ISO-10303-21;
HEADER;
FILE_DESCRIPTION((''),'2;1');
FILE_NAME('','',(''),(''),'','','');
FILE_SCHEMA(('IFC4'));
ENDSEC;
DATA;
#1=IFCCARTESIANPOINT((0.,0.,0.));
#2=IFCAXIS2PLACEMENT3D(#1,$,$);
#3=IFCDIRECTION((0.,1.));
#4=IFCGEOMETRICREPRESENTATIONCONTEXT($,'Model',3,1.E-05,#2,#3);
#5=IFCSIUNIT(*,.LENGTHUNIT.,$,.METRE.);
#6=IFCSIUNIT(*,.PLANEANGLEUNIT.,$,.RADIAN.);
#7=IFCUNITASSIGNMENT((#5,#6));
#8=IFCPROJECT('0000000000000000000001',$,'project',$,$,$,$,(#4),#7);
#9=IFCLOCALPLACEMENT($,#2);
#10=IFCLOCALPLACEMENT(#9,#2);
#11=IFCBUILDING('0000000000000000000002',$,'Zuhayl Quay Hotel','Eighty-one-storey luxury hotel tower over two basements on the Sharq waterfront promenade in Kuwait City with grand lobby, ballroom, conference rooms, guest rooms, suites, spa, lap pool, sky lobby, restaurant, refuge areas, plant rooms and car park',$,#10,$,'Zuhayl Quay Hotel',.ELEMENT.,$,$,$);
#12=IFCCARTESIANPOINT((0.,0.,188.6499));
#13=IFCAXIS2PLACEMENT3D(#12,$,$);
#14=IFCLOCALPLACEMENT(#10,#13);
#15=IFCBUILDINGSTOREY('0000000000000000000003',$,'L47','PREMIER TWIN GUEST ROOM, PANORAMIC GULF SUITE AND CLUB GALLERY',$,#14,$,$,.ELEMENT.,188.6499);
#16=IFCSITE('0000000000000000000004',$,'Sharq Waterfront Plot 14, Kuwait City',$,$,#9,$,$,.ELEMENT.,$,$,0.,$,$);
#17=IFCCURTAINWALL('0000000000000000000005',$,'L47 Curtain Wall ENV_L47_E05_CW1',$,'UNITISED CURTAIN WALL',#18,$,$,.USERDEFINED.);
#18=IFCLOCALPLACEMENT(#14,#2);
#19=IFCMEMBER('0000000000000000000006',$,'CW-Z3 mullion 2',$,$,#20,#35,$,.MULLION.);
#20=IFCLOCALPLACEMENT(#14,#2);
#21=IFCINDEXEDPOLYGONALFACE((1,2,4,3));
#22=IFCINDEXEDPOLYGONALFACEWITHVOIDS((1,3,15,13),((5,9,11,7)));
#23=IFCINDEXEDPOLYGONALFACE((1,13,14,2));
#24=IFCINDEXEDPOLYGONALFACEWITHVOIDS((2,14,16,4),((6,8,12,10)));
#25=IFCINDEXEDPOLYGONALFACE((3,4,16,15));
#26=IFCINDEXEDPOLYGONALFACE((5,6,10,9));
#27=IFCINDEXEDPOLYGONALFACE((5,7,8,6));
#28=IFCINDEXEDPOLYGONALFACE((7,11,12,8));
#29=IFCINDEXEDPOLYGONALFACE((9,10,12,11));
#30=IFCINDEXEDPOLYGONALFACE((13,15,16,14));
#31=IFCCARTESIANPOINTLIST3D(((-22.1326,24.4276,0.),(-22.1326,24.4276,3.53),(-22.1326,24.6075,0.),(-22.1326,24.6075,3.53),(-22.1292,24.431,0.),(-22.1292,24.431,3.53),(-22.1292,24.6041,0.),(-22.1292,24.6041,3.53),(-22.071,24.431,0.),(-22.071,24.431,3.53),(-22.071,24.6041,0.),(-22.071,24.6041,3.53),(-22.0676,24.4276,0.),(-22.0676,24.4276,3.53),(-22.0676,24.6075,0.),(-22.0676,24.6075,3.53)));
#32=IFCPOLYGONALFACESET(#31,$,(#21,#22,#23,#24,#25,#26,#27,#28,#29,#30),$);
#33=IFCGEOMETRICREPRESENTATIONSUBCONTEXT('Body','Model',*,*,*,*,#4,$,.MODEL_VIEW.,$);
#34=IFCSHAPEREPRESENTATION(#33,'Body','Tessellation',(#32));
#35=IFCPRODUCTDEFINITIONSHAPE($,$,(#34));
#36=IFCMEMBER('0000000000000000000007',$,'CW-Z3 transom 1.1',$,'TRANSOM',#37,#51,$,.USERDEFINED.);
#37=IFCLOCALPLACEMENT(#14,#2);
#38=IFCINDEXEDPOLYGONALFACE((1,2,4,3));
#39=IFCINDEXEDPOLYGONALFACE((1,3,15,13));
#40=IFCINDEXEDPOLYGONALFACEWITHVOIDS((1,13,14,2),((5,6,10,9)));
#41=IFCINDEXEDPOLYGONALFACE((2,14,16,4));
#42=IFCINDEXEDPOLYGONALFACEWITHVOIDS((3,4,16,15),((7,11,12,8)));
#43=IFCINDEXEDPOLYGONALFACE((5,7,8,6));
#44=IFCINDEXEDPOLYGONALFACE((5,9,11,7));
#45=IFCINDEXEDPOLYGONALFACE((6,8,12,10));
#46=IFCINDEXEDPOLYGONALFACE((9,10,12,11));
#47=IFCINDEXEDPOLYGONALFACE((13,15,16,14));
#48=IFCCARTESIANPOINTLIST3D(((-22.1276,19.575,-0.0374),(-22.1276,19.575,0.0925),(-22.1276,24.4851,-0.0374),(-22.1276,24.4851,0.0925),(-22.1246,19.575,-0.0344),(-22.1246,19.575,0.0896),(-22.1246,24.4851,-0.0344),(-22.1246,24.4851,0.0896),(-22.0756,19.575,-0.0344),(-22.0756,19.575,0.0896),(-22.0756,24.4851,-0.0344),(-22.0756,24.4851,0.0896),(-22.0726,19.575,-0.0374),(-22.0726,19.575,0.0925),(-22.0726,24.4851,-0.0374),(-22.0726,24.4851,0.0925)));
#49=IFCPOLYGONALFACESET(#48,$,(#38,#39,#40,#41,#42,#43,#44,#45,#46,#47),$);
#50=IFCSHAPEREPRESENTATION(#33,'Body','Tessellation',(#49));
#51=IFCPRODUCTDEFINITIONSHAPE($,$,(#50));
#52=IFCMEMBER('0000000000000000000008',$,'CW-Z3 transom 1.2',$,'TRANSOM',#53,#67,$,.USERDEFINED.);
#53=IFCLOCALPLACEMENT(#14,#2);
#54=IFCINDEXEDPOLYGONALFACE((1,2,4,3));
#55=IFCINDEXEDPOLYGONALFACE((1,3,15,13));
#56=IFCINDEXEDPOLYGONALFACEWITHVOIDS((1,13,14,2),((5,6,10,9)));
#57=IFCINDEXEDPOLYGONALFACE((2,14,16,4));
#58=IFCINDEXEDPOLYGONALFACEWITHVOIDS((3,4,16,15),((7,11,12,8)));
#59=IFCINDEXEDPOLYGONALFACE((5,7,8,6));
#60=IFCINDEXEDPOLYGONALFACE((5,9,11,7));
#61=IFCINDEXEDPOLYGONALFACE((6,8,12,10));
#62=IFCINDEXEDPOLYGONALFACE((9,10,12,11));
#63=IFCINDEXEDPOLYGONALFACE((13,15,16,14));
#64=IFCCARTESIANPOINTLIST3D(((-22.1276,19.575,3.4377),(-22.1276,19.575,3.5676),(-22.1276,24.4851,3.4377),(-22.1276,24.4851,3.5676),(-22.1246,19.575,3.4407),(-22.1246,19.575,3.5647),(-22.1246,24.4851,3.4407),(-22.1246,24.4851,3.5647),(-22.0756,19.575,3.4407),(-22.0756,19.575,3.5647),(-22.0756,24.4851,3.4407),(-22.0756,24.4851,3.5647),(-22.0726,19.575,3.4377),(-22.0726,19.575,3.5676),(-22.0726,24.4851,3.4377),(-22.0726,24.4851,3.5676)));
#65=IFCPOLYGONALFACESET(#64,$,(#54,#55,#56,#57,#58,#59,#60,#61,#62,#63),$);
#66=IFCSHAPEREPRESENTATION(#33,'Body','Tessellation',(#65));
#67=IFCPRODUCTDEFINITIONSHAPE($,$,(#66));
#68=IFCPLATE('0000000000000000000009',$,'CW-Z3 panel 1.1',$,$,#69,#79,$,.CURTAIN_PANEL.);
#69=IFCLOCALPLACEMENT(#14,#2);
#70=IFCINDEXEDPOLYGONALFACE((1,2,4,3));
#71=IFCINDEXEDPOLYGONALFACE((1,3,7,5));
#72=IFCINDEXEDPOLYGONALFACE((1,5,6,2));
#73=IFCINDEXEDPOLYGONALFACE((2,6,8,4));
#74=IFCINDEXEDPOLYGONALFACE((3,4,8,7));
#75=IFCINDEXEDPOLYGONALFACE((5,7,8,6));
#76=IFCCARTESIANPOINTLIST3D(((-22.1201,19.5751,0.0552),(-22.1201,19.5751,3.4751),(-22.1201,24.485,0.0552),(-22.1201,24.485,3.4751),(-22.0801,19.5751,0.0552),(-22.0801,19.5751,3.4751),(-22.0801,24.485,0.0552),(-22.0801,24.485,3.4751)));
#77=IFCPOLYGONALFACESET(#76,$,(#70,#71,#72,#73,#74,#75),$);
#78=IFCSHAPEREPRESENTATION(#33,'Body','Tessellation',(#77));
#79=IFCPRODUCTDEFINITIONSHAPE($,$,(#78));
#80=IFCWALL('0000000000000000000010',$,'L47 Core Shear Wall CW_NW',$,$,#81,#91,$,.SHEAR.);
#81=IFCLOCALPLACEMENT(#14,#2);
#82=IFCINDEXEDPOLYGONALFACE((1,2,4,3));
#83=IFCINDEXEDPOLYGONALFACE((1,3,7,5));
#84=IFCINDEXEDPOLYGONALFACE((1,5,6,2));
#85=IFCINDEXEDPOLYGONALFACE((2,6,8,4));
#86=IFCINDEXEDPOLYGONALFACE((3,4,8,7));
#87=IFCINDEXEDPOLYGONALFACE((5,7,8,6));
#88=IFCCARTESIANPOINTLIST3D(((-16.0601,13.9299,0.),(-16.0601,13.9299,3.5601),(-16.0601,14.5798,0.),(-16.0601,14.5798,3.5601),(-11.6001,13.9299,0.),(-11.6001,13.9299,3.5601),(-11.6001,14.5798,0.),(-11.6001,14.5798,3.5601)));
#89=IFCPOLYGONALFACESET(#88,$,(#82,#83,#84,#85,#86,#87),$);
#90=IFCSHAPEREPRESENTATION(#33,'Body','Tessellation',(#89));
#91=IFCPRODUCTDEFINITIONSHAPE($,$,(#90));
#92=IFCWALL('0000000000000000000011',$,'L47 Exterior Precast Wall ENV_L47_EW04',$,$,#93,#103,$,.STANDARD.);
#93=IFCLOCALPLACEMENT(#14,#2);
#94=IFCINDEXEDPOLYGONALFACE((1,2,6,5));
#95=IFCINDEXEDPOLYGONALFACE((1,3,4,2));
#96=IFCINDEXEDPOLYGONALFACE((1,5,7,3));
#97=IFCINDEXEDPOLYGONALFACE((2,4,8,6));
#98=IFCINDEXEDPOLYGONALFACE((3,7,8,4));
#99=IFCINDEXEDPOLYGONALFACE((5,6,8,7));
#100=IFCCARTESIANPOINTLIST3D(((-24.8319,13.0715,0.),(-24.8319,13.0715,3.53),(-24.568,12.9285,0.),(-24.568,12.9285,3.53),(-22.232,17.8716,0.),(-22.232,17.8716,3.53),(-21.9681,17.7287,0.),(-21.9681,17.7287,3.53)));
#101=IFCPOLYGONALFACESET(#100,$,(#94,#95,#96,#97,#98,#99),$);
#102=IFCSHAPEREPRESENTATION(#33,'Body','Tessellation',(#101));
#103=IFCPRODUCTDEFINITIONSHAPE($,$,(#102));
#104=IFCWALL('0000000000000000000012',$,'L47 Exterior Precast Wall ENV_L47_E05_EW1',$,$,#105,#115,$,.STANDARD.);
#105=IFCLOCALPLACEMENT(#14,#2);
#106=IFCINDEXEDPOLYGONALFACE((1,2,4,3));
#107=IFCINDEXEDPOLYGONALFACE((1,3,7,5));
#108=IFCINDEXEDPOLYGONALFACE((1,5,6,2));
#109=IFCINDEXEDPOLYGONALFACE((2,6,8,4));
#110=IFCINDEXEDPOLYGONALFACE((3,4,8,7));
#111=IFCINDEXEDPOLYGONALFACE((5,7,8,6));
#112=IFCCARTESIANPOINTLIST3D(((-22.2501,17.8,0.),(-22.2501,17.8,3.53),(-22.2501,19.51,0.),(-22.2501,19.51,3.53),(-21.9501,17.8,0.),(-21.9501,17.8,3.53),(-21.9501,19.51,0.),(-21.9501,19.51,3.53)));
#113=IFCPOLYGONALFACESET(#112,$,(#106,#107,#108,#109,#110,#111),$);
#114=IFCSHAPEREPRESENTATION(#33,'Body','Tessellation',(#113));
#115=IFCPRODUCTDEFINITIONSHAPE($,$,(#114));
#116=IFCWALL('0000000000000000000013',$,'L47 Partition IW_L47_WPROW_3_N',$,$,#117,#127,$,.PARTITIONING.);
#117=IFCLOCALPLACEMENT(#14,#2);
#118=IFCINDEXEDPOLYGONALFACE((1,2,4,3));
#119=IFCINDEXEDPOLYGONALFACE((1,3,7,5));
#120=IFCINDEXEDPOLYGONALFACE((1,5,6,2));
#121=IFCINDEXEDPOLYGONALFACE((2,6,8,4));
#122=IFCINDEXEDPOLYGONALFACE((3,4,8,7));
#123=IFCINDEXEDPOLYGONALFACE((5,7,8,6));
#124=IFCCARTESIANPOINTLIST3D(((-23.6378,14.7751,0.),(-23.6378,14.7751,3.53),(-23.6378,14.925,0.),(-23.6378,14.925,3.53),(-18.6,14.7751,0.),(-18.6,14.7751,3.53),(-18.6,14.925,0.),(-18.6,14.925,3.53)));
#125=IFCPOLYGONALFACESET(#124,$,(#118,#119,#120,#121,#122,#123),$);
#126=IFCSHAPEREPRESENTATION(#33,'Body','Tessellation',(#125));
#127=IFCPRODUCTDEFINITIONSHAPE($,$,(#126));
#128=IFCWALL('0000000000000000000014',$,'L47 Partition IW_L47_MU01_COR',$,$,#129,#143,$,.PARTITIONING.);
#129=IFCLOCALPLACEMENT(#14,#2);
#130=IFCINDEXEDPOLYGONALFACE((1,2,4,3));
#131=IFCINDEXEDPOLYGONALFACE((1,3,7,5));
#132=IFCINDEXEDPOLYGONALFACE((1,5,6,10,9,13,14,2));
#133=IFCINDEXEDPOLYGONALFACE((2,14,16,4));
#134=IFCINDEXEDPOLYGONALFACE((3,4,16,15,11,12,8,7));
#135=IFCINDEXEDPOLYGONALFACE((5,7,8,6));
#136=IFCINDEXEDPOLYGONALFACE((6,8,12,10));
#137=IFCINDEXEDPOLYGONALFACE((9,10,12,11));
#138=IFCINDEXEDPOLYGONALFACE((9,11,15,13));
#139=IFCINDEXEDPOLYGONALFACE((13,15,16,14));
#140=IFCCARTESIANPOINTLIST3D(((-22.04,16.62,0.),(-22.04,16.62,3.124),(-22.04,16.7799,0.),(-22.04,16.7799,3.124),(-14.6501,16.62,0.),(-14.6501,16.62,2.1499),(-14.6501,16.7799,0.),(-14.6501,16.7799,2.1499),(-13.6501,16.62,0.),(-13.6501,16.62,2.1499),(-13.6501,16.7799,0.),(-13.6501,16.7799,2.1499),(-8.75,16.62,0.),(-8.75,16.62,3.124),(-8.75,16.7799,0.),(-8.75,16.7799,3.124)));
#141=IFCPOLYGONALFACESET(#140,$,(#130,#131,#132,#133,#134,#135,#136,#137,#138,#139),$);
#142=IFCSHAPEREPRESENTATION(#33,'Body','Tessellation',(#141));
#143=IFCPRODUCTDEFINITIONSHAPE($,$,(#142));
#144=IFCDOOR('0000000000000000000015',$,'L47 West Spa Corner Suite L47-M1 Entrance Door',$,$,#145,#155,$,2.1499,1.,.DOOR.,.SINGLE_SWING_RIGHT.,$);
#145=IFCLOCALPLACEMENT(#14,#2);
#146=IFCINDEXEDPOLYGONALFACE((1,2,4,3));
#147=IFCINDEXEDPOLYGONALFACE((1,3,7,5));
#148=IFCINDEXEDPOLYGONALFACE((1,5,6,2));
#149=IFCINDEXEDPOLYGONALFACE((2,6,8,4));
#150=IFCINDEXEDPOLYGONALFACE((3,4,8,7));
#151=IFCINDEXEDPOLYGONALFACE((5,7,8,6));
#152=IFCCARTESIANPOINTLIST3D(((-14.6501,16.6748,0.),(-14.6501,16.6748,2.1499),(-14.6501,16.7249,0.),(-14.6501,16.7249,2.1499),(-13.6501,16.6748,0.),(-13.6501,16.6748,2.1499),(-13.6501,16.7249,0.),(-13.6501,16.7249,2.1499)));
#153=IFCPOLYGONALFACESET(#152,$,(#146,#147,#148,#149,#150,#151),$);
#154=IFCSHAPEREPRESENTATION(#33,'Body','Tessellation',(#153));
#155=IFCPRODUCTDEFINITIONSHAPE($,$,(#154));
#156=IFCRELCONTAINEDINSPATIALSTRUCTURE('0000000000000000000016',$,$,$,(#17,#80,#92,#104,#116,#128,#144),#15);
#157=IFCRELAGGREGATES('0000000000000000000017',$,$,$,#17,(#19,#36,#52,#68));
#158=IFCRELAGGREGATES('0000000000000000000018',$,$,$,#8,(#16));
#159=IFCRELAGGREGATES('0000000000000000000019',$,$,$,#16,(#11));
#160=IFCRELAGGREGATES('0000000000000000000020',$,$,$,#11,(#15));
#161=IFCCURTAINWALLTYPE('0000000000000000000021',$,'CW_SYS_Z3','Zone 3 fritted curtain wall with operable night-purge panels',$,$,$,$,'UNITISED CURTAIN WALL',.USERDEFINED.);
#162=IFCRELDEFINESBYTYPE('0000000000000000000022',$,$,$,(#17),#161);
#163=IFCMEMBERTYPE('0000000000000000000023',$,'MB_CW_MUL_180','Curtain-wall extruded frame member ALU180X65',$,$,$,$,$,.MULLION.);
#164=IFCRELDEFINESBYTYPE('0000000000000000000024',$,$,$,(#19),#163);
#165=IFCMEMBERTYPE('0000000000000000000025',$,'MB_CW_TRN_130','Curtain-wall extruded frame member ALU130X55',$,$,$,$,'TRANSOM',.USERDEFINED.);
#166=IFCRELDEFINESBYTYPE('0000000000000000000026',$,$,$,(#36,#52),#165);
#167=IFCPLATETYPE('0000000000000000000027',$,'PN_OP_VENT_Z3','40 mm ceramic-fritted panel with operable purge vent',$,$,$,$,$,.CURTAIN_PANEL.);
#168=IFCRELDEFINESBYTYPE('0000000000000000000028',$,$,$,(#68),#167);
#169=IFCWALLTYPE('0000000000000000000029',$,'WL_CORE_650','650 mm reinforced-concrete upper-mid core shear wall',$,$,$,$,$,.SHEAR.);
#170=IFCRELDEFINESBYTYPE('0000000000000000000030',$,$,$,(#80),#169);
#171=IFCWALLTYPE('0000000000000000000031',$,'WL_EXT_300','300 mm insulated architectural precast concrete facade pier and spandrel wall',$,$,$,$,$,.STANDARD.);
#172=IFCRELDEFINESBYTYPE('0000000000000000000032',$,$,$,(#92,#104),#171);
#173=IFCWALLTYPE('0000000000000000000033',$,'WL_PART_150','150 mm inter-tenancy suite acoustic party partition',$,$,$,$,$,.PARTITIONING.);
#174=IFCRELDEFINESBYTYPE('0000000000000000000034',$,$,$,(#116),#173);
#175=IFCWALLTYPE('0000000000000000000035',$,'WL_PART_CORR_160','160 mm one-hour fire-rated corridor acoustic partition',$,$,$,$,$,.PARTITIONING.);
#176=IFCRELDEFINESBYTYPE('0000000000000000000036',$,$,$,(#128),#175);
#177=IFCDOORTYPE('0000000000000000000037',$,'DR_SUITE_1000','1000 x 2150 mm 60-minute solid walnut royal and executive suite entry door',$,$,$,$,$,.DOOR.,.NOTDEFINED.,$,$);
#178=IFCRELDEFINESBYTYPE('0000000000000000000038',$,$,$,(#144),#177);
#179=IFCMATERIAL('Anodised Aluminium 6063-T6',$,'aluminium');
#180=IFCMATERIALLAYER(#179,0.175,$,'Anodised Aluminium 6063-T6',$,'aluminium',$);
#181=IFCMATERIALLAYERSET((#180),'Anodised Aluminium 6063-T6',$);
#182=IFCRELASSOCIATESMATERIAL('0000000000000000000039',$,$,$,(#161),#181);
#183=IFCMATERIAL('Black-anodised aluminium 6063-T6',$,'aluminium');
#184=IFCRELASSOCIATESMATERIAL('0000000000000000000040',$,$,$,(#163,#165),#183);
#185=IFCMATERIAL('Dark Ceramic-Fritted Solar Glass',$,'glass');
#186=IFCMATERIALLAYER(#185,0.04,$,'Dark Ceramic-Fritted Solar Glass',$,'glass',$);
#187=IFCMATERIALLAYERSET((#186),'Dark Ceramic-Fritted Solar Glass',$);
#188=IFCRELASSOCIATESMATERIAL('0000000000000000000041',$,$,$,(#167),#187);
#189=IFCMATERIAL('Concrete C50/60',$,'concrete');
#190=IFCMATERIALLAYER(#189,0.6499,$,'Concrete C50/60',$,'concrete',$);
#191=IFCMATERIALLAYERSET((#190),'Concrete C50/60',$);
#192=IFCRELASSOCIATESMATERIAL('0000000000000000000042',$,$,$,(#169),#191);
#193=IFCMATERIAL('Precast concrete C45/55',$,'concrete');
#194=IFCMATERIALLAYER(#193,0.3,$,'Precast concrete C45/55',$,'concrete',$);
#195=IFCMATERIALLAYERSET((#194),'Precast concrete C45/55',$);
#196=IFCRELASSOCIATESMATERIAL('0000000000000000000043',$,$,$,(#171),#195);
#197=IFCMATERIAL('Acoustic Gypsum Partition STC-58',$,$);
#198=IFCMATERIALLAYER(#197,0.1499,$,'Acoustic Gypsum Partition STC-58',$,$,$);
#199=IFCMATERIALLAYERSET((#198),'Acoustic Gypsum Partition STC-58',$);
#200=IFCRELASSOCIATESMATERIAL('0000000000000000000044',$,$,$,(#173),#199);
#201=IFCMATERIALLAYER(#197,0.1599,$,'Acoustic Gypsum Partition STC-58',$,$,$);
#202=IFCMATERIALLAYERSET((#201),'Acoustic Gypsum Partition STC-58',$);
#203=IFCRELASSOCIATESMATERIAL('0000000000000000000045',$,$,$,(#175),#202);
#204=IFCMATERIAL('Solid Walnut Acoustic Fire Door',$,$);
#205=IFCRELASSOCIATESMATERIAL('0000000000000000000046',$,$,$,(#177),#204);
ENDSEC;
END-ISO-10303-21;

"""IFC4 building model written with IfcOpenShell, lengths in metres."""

from ifc_helpers import new_model, si_unit, direction, frame, frame_2d, origin, origin_2d, place, context, subcontext, project, spatial, rectangle, hollow_rectangle, extrude, material, layer, layer_set, material_profile, profile_set, type_object, element, fill, aggregate, save


model = new_model("IFC4")

# Units and contexts
model_context = context("Model", 3, precision=1e-05, world=origin(), true_north=direction((0.0, 1.0)))
body_context = subcontext(model_context, "Body", "Model", "MODEL_VIEW")
ifc_project = project(units=[si_unit("LENGTHUNIT", "METRE"), si_unit("PLANEANGLEUNIT", "RADIAN")], contexts=[model_context])

# Site, building, storey
site_placement = place(None, origin())
site = spatial("IfcSite", under=ifc_project, at=site_placement, Name="Sharq Waterfront Plot 14, Kuwait City", CompositionType="ELEMENT", RefElevation=0.0)
building_placement = place(site_placement, origin())
building = spatial("IfcBuilding", under=site, at=building_placement, Name="Zuhayl Quay Hotel", Description="Eighty-one-storey luxury hotel tower over two basements on the Sharq waterfront promenade in Kuwait City with grand lobby, ballroom, conference rooms, guest rooms, suites, spa, lap pool, sky lobby, restaurant, refuge areas, plant rooms and car park", LongName="Zuhayl Quay Hotel", CompositionType="ELEMENT")
storey_placement = place(building_placement, frame((0.0, 0.0, 188.6499)))
storey = spatial("IfcBuildingStorey", under=building, at=storey_placement, Name="L47", Description="PREMIER TWIN GUEST ROOM, PANORAMIC GULF SUITE AND CLUB GALLERY", CompositionType="ELEMENT", Elevation=188.6499)

# Curtain wall, members, plate
ifc_material_1 = material(Name="Anodised Aluminium 6063-T6", Category="aluminium")
ifc_layer_1 = layer(ifc_material_1, 0.175, Name="Anodised Aluminium 6063-T6", Category="aluminium")
ifc_layer_set_1 = layer_set([ifc_layer_1], Name="Anodised Aluminium 6063-T6")
curtain_wall_type = type_object("IfcCurtainWallType", Name="CW_SYS_Z3", Description="Zone 3 fritted curtain wall with operable night-purge panels", ElementType="UNITISED CURTAIN WALL", PredefinedType="USERDEFINED", material=ifc_layer_set_1)
curtain_wall_placement = place(storey_placement, origin())
curtain_wall = element("IfcCurtainWall", 1, at=curtain_wall_placement, inside=storey, type_object=curtain_wall_type, Name="L47 Curtain Wall ENV_L47_E05_CW1", ObjectType="UNITISED CURTAIN WALL", PredefinedType="USERDEFINED")
ifc_material_2 = material(Name="Black-anodised aluminium 6063-T6", Category="aluminium")
ifc_material_profile_1 = material_profile(ifc_material_2, hollow_rectangle(XDim=0.0649, YDim=0.1799, WallThickness=0.0034, at=origin_2d()), Name="ALU180X65")
ifc_profile_set_1 = profile_set([ifc_material_profile_1], Name="Black-anodised aluminium 6063-T6")
member_type_1 = type_object("IfcMemberType", Name="MB_CW_MUL_180", Description="Curtain-wall extruded frame member ALU180X65", PredefinedType="MULLION", material=ifc_profile_set_1)
member_1_placement = place(storey_placement, frame((-22.1001, 24.5176, 0.0), z_axis=(0.0, 0.0, 1.0), x_axis=(-1.0, 0.0, 0.0)))
member_1 = element("IfcMember", 2, at=member_1_placement, type_object=member_type_1, Name="CW-Z3 mullion 2", PredefinedType="MULLION", context=body_context, shape_type="SweptSolid", body=[
    extrude(hollow_rectangle(XDim=0.0649, YDim=0.1799, WallThickness=0.0034, at=origin_2d()), origin(), (0.0, 0.0, 1.0), 3.53),
])
ifc_material_profile_2 = material_profile(ifc_material_2, hollow_rectangle(XDim=0.0549, YDim=0.1299, WallThickness=0.0029, at=origin_2d()), Name="ALU130X55")
ifc_profile_set_2 = profile_set([ifc_material_profile_2], Name="Black-anodised aluminium 6063-T6")
member_type_2 = type_object("IfcMemberType", Name="MB_CW_TRN_130", Description="Curtain-wall extruded frame member ALU130X55", ElementType="TRANSOM", PredefinedType="USERDEFINED", material=ifc_profile_set_2)
member_2_placement = place(storey_placement, frame((-22.1001, 19.575, 0.0276), z_axis=(0.0, 1.0, 0.0), x_axis=(-1.0, 0.0, 0.0)))
member_2 = element("IfcMember", 3, at=member_2_placement, type_object=member_type_2, Name="CW-Z3 transom 1.1", ObjectType="TRANSOM", PredefinedType="USERDEFINED", context=body_context, shape_type="SweptSolid", body=[
    extrude(hollow_rectangle(XDim=0.0549, YDim=0.1299, WallThickness=0.0029, at=origin_2d()), origin(), (0.0, 0.0, 1.0), 4.9102),
])
member_3_placement = place(storey_placement, frame((-22.1001, 19.575, 3.5027), z_axis=(0.0, 1.0, 0.0), x_axis=(-1.0, 0.0, 0.0)))
member_3 = element("IfcMember", 4, at=member_3_placement, type_object=member_type_2, Name="CW-Z3 transom 1.2", ObjectType="TRANSOM", PredefinedType="USERDEFINED", context=body_context, shape_type="SweptSolid", body=[
    extrude(hollow_rectangle(XDim=0.0549, YDim=0.1299, WallThickness=0.0029, at=origin_2d()), origin(), (0.0, 0.0, 1.0), 4.9102),
])
ifc_material_3 = material(Name="Dark Ceramic-Fritted Solar Glass", Category="glass")
ifc_layer_2 = layer(ifc_material_3, 0.04, Name="Dark Ceramic-Fritted Solar Glass", Category="glass")
ifc_layer_set_2 = layer_set([ifc_layer_2], Name="Dark Ceramic-Fritted Solar Glass")
plate_type = type_object("IfcPlateType", Name="PN_OP_VENT_Z3", Description="40 mm ceramic-fritted panel with operable purge vent", PredefinedType="CURTAIN_PANEL", material=ifc_layer_set_2)
plate_placement = place(storey_placement, frame((-22.1001, 22.03, 0.0552), z_axis=(0.0, 0.0, 1.0), x_axis=(0.0, 1.0, 0.0)))
plate = element("IfcPlate", 5, at=plate_placement, type_object=plate_type, Name="CW-Z3 panel 1.1", PredefinedType="CURTAIN_PANEL", context=body_context, shape_type="SweptSolid", body=[
    extrude(rectangle(XDim=4.9099, YDim=0.04, at=origin_2d()), origin(), (0.0, 0.0, 1.0), 3.4199),
])
aggregate(curtain_wall, [member_1, member_2, member_3, plate])

# Walls
ifc_material_4 = material(Name="Concrete C50/60", Category="concrete")
ifc_layer_3 = layer(ifc_material_4, 0.6499, Name="Concrete C50/60", Category="concrete")
ifc_layer_set_3 = layer_set([ifc_layer_3], Name="Concrete C50/60")
wall_type_1 = type_object("IfcWallType", Name="WL_CORE_650", Description="650 mm reinforced-concrete upper-mid core shear wall", PredefinedType="SHEAR", material=ifc_layer_set_3)
wall_1_placement = place(storey_placement, frame((-16.0601, 14.2549, 0.0), z_axis=(0.0, 0.0, 1.0), x_axis=(1.0, 0.0, 0.0)))
element("IfcWall", 6, at=wall_1_placement, inside=storey, type_object=wall_type_1, Name="L47 Core Shear Wall CW_NW", PredefinedType="SHEAR", context=body_context, shape_type="SweptSolid", body=[
    extrude(rectangle(XDim=4.46, YDim=0.6499, at=frame_2d((2.23, 0.0))), origin(), (0.0, 0.0, 1.0), 3.5601),
])
ifc_material_5 = material(Name="Precast concrete C45/55", Category="concrete")
ifc_layer_4 = layer(ifc_material_5, 0.3, Name="Precast concrete C45/55", Category="concrete")
ifc_layer_set_4 = layer_set([ifc_layer_4], Name="Precast concrete C45/55")
wall_type_2 = type_object("IfcWallType", Name="WL_EXT_300", Description="300 mm insulated architectural precast concrete facade pier and spandrel wall", PredefinedType="STANDARD", material=ifc_layer_set_4)
wall_2_placement = place(storey_placement, frame((-24.7, 13.0, 0.0), z_axis=(0.0, 0.0, 1.0), x_axis=(0.476259, 0.879305, 0.0)))
element("IfcWall", 7, at=wall_2_placement, inside=storey, type_object=wall_type_2, Name="L47 Exterior Precast Wall ENV_L47_EW04", PredefinedType="STANDARD", context=body_context, shape_type="SweptSolid", body=[
    extrude(rectangle(XDim=5.459, YDim=0.3, at=frame_2d((2.7295, 0.0))), origin(), (0.0, 0.0, 1.0), 3.53),
])
wall_3_placement = place(storey_placement, frame((-22.1001, 17.8, 0.0), z_axis=(0.0, 0.0, 1.0), x_axis=(0.0, 1.0, 0.0)))
element("IfcWall", 8, at=wall_3_placement, inside=storey, type_object=wall_type_2, Name="L47 Exterior Precast Wall ENV_L47_E05_EW1", PredefinedType="STANDARD", context=body_context, shape_type="SweptSolid", body=[
    extrude(rectangle(XDim=1.71, YDim=0.3, at=frame_2d((0.855, 0.0))), origin(), (0.0, 0.0, 1.0), 3.53),
])
ifc_material_6 = material(Name="Acoustic Gypsum Partition STC-58")
ifc_layer_5 = layer(ifc_material_6, 0.1499, Name="Acoustic Gypsum Partition STC-58")
ifc_layer_set_5 = layer_set([ifc_layer_5], Name="Acoustic Gypsum Partition STC-58")
wall_type_3 = type_object("IfcWallType", Name="WL_PART_150", Description="150 mm inter-tenancy suite acoustic party partition", PredefinedType="PARTITIONING", material=ifc_layer_set_5)
wall_4_placement = place(storey_placement, frame((-23.6379, 14.8501, 0.0), z_axis=(0.0, 0.0, 1.0), x_axis=(1.0, 0.0, 0.0)))
element("IfcWall", 9, at=wall_4_placement, inside=storey, type_object=wall_type_3, Name="L47 Partition IW_L47_WPROW_3_N", PredefinedType="PARTITIONING", context=body_context, shape_type="SweptSolid", body=[
    extrude(rectangle(XDim=5.0378, YDim=0.1499, at=frame_2d((2.519, 0.0))), origin(), (0.0, 0.0, 1.0), 3.53),
])

# Wall, opening, door
ifc_layer_6 = layer(ifc_material_6, 0.1599, Name="Acoustic Gypsum Partition STC-58")
ifc_layer_set_6 = layer_set([ifc_layer_6], Name="Acoustic Gypsum Partition STC-58")
wall_type_4 = type_object("IfcWallType", Name="WL_PART_CORR_160", Description="160 mm one-hour fire-rated corridor acoustic partition", PredefinedType="PARTITIONING", material=ifc_layer_set_6)
wall_5_placement = place(storey_placement, frame((-22.04, 16.7, 0.0), z_axis=(0.0, 0.0, 1.0), x_axis=(1.0, 0.0, 0.0)))
wall_5 = element("IfcWall", 10, at=wall_5_placement, inside=storey, type_object=wall_type_4, Name="L47 Partition IW_L47_MU01_COR", PredefinedType="PARTITIONING", context=body_context, shape_type="SweptSolid", body=[
    extrude(rectangle(XDim=13.29, YDim=0.1599, at=frame_2d((6.645, 0.0))), origin(), (0.0, 0.0, 1.0), 3.124),
])
opening_1_placement = place(wall_5_placement, frame((7.3899, 0.0, 0.0)))
opening_1 = element("IfcOpeningElement", 11, at=opening_1_placement, cuts=wall_5, PredefinedType="OPENING", context=body_context, shape_type="SweptSolid", body=[
    extrude(rectangle(XDim=1.0, YDim=2.1499, at=frame_2d((0.5, 1.075))), frame((0.0, 0.0898, 0.0), z_axis=(0.0, -1.0, 0.0), x_axis=(1.0, 0.0, 0.0)), (0.0, 0.0, 1.0), 0.1799),
])
ifc_material_7 = material(Name="Solid Walnut Acoustic Fire Door")
door_type_1 = type_object("IfcDoorType", Name="DR_SUITE_1000", Description="1000 x 2150 mm 60-minute solid walnut royal and executive suite entry door", OperationType="NOTDEFINED", PredefinedType="DOOR", material=ifc_material_7)
door_1_placement = place(opening_1_placement, origin())
door_1 = element("IfcDoor", 12, at=door_1_placement, inside=storey, type_object=door_type_1, Name="L47 West Spa Corner Suite L47-M1 Entrance Door", OperationType="SINGLE_SWING_RIGHT", OverallHeight=2.1499, OverallWidth=1.0, PredefinedType="DOOR", context=body_context, shape_type="SweptSolid", body=[
    extrude(rectangle(XDim=1.0, YDim=2.1499, at=frame_2d((0.5, 1.075))), frame((0.0, 0.0249, 0.0), z_axis=(0.0, -1.0, 0.0), x_axis=(1.0, 0.0, 0.0)), (0.0, 0.0, 1.0), 0.05),
])
fill(opening_1, door_1)

save(model, "model.ifc")
